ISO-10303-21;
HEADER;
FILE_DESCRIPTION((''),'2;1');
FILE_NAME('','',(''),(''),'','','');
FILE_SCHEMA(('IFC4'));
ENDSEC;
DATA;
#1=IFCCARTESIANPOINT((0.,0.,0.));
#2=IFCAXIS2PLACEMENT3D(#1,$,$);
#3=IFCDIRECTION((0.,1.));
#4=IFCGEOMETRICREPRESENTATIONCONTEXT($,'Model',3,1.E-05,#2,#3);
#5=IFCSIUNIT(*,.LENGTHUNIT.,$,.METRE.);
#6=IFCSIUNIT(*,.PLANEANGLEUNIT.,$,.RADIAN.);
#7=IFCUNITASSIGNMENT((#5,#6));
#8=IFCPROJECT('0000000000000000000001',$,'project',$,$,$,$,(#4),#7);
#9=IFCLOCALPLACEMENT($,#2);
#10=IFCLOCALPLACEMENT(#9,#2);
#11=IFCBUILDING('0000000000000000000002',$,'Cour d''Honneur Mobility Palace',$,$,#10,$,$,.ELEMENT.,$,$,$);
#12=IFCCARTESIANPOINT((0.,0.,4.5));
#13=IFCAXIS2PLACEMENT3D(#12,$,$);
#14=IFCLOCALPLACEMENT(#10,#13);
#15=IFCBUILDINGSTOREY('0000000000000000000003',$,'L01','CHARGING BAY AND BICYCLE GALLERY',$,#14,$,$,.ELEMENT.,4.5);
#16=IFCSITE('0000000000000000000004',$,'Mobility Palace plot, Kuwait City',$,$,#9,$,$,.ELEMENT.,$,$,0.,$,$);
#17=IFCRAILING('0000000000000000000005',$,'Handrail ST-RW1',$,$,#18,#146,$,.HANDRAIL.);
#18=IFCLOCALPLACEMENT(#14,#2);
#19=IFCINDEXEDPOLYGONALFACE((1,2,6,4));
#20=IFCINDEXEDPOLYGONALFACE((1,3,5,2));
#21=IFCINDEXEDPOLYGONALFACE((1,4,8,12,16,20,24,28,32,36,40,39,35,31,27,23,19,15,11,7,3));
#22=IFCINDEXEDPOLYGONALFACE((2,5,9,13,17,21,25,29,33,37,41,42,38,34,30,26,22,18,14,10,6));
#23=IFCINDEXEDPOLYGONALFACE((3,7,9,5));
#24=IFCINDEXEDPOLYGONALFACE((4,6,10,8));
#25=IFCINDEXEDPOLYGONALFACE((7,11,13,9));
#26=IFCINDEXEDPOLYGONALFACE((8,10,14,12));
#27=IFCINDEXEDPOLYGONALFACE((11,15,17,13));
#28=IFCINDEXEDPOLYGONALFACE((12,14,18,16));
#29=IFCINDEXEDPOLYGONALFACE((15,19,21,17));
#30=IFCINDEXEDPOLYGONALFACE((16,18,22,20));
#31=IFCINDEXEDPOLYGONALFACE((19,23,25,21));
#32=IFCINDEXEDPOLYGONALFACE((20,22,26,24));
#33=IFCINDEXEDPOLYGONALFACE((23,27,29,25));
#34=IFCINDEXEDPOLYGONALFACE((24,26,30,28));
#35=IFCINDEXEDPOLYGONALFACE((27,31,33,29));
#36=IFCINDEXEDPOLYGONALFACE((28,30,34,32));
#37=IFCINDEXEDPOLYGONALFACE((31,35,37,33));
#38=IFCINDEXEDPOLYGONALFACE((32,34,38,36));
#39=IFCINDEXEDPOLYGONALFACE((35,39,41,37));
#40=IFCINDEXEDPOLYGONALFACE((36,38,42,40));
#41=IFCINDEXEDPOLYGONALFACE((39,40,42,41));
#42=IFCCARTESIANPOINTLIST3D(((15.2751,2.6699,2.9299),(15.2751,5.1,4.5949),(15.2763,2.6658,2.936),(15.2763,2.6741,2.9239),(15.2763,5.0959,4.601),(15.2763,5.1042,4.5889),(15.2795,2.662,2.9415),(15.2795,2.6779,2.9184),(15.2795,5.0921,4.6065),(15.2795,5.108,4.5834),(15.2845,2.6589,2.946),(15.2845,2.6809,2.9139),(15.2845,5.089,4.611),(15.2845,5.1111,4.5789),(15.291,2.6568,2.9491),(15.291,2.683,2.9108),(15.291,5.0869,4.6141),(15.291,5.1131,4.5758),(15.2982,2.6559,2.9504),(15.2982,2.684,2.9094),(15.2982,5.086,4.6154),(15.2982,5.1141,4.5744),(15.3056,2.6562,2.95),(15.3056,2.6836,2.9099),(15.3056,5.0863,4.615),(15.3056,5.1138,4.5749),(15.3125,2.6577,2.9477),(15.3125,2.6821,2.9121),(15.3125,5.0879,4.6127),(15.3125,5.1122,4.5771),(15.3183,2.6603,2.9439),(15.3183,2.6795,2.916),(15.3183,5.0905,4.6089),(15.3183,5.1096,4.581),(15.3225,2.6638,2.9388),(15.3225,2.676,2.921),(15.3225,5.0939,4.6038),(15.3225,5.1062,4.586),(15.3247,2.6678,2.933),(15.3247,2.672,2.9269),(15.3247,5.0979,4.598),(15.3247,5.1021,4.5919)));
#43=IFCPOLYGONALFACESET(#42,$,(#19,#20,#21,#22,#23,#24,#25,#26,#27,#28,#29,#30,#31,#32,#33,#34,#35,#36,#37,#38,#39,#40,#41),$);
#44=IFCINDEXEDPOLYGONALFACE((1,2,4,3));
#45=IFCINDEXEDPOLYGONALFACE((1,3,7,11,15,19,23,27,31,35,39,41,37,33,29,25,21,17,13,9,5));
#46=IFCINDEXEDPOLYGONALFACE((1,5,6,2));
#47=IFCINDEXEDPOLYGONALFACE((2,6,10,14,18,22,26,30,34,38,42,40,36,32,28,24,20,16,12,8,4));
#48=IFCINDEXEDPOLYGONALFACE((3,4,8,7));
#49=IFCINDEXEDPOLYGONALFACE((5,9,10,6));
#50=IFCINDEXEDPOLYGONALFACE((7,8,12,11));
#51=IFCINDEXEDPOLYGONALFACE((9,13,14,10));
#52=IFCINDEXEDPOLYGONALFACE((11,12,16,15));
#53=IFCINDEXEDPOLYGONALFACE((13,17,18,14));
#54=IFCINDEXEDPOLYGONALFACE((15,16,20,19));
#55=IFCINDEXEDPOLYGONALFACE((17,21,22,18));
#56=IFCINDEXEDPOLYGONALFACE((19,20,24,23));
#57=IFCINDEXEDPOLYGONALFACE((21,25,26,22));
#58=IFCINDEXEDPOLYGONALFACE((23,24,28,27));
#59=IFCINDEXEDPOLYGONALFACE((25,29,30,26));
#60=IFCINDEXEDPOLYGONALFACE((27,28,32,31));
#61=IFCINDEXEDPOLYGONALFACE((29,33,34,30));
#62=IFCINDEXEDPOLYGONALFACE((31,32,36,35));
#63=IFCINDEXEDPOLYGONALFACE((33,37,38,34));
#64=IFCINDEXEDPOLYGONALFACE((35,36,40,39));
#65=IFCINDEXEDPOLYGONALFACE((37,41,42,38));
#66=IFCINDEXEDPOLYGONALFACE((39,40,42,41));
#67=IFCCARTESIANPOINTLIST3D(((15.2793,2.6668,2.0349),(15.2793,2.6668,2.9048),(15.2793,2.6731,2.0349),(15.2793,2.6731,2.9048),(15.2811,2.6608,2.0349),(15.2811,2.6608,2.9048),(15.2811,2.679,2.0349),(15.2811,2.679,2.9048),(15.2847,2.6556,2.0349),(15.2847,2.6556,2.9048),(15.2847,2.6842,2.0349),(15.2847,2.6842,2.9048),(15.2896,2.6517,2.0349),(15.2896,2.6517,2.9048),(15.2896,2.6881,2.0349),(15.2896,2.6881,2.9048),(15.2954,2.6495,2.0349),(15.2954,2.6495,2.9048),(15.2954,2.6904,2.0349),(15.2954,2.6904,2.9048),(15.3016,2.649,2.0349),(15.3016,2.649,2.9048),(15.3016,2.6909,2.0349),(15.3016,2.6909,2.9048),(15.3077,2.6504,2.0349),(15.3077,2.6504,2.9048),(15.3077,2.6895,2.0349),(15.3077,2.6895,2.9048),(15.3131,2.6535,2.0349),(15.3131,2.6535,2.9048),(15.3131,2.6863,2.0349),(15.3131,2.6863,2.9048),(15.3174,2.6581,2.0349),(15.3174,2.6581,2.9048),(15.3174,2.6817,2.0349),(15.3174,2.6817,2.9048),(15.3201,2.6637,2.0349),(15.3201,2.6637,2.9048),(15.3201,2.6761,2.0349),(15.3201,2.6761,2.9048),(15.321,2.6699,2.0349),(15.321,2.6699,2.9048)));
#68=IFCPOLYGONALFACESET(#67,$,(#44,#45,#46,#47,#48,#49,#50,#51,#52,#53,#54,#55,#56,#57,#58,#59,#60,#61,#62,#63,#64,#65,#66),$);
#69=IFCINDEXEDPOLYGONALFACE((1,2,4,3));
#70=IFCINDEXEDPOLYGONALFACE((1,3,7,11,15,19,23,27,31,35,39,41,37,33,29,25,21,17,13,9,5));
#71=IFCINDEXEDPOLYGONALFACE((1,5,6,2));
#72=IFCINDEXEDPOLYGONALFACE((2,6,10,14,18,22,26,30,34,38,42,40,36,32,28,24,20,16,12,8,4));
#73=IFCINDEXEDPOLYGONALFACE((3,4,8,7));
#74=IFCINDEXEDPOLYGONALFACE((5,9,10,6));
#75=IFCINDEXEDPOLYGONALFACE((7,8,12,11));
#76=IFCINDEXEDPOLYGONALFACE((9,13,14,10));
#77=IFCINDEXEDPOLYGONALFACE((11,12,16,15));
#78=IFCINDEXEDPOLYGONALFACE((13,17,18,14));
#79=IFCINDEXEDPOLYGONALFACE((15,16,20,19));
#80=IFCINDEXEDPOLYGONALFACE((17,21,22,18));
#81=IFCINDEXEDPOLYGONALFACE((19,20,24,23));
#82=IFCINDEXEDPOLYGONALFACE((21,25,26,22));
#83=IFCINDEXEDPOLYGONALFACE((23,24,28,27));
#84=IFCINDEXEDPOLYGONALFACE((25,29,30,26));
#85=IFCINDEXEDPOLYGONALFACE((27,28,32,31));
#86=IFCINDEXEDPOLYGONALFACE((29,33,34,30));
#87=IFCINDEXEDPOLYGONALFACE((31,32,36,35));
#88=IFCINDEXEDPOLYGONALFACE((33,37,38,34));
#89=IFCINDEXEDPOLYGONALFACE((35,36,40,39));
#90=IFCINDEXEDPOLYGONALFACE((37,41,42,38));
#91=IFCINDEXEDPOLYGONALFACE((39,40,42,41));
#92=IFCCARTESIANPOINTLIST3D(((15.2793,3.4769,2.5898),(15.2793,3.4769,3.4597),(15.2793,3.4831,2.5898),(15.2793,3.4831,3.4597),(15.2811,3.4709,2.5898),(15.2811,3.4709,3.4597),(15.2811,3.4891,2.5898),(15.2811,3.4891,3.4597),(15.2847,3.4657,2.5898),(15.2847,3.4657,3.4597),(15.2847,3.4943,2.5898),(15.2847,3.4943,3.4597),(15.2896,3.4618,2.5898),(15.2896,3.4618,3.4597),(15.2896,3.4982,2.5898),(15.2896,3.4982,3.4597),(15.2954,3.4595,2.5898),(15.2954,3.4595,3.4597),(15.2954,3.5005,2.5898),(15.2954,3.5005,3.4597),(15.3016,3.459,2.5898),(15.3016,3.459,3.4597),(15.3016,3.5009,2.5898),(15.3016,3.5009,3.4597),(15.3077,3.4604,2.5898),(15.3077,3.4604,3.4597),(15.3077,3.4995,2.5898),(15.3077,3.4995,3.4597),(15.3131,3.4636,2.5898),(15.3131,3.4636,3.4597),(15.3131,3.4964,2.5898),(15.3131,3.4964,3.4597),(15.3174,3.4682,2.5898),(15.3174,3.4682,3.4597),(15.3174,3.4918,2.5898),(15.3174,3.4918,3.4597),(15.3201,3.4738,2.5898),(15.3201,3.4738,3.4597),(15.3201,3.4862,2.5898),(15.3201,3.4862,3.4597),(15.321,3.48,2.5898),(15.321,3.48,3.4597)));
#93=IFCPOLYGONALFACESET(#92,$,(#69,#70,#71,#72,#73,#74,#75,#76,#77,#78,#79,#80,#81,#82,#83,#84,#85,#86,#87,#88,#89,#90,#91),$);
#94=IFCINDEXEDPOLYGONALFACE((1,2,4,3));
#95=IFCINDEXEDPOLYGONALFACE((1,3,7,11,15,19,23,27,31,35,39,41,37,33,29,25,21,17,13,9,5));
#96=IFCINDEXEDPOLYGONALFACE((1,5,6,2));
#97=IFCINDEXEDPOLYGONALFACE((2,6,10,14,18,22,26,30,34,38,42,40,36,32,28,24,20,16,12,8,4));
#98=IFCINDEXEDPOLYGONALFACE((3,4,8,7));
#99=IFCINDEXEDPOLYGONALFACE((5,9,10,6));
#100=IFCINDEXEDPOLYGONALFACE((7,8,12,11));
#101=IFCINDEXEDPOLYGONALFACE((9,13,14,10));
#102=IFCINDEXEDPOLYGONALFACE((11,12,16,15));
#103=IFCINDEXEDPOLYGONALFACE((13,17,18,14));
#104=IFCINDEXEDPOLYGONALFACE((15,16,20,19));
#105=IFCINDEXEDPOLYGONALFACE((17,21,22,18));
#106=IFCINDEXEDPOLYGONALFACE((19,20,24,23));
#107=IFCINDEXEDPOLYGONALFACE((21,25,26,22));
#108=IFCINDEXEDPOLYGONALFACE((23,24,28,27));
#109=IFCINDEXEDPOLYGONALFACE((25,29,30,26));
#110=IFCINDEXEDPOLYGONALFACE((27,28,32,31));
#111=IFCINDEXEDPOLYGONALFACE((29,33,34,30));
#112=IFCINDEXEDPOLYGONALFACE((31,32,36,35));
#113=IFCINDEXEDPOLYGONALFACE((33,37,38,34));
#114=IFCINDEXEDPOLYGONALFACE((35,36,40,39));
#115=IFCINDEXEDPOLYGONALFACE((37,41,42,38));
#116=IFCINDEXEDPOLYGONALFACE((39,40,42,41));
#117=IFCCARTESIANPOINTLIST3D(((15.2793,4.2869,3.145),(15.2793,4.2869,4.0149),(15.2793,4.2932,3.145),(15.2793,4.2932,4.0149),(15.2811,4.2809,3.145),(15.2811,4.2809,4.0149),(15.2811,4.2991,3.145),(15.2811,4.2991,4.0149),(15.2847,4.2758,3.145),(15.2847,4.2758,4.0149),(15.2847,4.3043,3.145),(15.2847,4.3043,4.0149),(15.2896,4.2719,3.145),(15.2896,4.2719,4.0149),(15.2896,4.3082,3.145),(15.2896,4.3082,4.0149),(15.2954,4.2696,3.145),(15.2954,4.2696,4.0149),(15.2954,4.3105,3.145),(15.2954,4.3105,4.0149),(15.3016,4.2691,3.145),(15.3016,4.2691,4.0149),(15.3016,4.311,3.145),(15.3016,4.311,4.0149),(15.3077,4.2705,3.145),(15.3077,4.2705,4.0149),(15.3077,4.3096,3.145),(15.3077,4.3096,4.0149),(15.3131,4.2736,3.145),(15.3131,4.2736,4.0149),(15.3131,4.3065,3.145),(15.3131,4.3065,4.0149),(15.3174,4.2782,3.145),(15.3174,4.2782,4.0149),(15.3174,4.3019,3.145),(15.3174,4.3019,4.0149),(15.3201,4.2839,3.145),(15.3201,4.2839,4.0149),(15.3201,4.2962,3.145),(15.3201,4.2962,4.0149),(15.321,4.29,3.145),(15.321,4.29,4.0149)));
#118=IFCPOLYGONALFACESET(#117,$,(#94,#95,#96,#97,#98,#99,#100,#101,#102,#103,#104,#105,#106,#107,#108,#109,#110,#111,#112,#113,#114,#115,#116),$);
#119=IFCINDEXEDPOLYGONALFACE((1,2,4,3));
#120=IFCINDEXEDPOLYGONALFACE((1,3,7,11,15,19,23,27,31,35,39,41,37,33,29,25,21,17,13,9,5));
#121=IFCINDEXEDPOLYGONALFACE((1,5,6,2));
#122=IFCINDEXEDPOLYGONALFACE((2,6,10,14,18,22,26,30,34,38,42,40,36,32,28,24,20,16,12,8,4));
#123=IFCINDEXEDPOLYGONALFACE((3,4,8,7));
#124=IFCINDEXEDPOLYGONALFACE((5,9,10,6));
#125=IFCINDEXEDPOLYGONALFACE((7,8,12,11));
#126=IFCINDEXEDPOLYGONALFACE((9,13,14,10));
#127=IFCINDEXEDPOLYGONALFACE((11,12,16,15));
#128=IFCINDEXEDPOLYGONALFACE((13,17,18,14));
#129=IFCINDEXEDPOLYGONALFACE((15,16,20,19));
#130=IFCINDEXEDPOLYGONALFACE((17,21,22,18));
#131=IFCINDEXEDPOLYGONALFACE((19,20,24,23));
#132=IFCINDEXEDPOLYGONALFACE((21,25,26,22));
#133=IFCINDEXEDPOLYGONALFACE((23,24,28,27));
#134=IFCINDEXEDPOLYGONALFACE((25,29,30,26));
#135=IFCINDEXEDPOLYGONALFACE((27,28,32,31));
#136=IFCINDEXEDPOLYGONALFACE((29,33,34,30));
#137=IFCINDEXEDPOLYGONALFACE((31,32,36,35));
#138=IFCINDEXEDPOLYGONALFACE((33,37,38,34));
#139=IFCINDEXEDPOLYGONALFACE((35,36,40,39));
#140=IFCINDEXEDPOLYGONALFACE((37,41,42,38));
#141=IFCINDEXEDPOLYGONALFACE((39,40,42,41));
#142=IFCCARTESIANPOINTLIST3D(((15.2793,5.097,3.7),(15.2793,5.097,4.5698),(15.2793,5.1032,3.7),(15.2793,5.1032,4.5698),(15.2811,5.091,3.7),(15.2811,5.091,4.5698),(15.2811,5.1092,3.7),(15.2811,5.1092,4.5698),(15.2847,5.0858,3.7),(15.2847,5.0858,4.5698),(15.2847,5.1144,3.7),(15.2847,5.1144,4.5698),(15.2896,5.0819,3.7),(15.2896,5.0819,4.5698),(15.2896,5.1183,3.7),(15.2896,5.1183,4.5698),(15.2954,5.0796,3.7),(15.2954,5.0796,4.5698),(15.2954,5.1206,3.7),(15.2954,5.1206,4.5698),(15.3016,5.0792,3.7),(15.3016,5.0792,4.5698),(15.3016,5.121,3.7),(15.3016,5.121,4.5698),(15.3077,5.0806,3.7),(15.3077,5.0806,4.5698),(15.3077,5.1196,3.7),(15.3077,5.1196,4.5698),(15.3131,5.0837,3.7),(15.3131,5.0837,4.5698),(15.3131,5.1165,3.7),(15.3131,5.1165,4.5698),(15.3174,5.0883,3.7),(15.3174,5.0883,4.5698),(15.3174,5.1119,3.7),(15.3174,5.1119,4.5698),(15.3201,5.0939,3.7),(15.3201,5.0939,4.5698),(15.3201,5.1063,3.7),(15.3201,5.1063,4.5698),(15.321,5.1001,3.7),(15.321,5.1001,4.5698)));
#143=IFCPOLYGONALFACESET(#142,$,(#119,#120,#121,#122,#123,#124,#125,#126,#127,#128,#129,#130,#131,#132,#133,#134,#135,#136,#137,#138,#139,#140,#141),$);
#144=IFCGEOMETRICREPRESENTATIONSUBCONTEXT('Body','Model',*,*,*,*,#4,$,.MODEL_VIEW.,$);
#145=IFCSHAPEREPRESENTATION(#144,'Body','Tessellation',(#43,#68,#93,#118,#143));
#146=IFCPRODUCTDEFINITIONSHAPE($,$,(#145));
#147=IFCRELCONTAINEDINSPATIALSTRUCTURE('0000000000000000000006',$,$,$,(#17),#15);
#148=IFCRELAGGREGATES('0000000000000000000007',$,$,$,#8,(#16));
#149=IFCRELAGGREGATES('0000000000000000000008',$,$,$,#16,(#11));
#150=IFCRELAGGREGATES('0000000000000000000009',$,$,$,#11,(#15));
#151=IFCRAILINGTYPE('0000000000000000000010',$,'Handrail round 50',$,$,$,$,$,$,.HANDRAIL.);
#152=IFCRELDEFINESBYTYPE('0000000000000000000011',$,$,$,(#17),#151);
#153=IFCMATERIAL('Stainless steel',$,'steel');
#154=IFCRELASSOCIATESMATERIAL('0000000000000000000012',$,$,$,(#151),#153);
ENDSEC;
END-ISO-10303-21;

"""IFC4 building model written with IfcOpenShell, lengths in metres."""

from ifc_helpers import new_model, si_unit, direction, frame, origin, origin_2d, place, context, subcontext, project, spatial, circle, extrude, material, type_object, element, save


model = new_model("IFC4")

# Units and contexts
model_context = context("Model", 3, precision=1e-05, world=origin(), true_north=direction((0.0, 1.0)))
body_context = subcontext(model_context, "Body", "Model", "MODEL_VIEW")
ifc_project = project(units=[si_unit("LENGTHUNIT", "METRE"), si_unit("PLANEANGLEUNIT", "RADIAN")], contexts=[model_context])

# Site, building, storey
site_placement = place(None, origin())
site = spatial("IfcSite", under=ifc_project, at=site_placement, Name="Mobility Palace plot, Kuwait City", CompositionType="ELEMENT", RefElevation=0.0)
building_placement = place(site_placement, origin())
building = spatial("IfcBuilding", under=site, at=building_placement, Name="Cour d'Honneur Mobility Palace", CompositionType="ELEMENT")
storey_placement = place(building_placement, frame((0.0, 0.0, 4.5)))
storey = spatial("IfcBuildingStorey", under=building, at=storey_placement, Name="L01", Description="CHARGING BAY AND BICYCLE GALLERY", CompositionType="ELEMENT", Elevation=4.5)

# Railing
ifc_material_1 = material(Name="Stainless steel", Category="steel")
railing_type_1 = type_object("IfcRailingType", Name="Handrail round 50", PredefinedType="HANDRAIL", material=ifc_material_1)
for number, where, name in (
    (1, (15.3, 2.6699, 2.0349), "Handrail ST-RW1"),
):
    element("IfcRailing", number, at=place(storey_placement, frame(where)), inside=storey, type_object=railing_type_1, Name=name, PredefinedType="HANDRAIL", context=body_context, shape_type="SweptSolid", body=[
        extrude(circle(Radius=0.0249, at=origin_2d()), frame((0.0, 0.0, 0.895), z_axis=(0.0, 0.824945, 0.565213), x_axis=(-1.0, 0.0, 0.0)), (0.0, 0.0, 1.0), 2.9458),
        extrude(circle(Radius=0.021, at=origin_2d()), origin(), (0.0, 0.0, 1.0), 0.8699),
        extrude(circle(Radius=0.021, at=origin_2d()), frame((0.0, 0.8101, 0.5549)), (0.0, 0.0, 1.0), 0.8699),
        extrude(circle(Radius=0.021, at=origin_2d()), frame((0.0, 1.6201, 1.1101)), (0.0, 0.0, 1.0), 0.8699),
        extrude(circle(Radius=0.021, at=origin_2d()), frame((0.0, 2.4302, 1.665)), (0.0, 0.0, 1.0), 0.8699),
    ])

save(model, "model.ifc")
